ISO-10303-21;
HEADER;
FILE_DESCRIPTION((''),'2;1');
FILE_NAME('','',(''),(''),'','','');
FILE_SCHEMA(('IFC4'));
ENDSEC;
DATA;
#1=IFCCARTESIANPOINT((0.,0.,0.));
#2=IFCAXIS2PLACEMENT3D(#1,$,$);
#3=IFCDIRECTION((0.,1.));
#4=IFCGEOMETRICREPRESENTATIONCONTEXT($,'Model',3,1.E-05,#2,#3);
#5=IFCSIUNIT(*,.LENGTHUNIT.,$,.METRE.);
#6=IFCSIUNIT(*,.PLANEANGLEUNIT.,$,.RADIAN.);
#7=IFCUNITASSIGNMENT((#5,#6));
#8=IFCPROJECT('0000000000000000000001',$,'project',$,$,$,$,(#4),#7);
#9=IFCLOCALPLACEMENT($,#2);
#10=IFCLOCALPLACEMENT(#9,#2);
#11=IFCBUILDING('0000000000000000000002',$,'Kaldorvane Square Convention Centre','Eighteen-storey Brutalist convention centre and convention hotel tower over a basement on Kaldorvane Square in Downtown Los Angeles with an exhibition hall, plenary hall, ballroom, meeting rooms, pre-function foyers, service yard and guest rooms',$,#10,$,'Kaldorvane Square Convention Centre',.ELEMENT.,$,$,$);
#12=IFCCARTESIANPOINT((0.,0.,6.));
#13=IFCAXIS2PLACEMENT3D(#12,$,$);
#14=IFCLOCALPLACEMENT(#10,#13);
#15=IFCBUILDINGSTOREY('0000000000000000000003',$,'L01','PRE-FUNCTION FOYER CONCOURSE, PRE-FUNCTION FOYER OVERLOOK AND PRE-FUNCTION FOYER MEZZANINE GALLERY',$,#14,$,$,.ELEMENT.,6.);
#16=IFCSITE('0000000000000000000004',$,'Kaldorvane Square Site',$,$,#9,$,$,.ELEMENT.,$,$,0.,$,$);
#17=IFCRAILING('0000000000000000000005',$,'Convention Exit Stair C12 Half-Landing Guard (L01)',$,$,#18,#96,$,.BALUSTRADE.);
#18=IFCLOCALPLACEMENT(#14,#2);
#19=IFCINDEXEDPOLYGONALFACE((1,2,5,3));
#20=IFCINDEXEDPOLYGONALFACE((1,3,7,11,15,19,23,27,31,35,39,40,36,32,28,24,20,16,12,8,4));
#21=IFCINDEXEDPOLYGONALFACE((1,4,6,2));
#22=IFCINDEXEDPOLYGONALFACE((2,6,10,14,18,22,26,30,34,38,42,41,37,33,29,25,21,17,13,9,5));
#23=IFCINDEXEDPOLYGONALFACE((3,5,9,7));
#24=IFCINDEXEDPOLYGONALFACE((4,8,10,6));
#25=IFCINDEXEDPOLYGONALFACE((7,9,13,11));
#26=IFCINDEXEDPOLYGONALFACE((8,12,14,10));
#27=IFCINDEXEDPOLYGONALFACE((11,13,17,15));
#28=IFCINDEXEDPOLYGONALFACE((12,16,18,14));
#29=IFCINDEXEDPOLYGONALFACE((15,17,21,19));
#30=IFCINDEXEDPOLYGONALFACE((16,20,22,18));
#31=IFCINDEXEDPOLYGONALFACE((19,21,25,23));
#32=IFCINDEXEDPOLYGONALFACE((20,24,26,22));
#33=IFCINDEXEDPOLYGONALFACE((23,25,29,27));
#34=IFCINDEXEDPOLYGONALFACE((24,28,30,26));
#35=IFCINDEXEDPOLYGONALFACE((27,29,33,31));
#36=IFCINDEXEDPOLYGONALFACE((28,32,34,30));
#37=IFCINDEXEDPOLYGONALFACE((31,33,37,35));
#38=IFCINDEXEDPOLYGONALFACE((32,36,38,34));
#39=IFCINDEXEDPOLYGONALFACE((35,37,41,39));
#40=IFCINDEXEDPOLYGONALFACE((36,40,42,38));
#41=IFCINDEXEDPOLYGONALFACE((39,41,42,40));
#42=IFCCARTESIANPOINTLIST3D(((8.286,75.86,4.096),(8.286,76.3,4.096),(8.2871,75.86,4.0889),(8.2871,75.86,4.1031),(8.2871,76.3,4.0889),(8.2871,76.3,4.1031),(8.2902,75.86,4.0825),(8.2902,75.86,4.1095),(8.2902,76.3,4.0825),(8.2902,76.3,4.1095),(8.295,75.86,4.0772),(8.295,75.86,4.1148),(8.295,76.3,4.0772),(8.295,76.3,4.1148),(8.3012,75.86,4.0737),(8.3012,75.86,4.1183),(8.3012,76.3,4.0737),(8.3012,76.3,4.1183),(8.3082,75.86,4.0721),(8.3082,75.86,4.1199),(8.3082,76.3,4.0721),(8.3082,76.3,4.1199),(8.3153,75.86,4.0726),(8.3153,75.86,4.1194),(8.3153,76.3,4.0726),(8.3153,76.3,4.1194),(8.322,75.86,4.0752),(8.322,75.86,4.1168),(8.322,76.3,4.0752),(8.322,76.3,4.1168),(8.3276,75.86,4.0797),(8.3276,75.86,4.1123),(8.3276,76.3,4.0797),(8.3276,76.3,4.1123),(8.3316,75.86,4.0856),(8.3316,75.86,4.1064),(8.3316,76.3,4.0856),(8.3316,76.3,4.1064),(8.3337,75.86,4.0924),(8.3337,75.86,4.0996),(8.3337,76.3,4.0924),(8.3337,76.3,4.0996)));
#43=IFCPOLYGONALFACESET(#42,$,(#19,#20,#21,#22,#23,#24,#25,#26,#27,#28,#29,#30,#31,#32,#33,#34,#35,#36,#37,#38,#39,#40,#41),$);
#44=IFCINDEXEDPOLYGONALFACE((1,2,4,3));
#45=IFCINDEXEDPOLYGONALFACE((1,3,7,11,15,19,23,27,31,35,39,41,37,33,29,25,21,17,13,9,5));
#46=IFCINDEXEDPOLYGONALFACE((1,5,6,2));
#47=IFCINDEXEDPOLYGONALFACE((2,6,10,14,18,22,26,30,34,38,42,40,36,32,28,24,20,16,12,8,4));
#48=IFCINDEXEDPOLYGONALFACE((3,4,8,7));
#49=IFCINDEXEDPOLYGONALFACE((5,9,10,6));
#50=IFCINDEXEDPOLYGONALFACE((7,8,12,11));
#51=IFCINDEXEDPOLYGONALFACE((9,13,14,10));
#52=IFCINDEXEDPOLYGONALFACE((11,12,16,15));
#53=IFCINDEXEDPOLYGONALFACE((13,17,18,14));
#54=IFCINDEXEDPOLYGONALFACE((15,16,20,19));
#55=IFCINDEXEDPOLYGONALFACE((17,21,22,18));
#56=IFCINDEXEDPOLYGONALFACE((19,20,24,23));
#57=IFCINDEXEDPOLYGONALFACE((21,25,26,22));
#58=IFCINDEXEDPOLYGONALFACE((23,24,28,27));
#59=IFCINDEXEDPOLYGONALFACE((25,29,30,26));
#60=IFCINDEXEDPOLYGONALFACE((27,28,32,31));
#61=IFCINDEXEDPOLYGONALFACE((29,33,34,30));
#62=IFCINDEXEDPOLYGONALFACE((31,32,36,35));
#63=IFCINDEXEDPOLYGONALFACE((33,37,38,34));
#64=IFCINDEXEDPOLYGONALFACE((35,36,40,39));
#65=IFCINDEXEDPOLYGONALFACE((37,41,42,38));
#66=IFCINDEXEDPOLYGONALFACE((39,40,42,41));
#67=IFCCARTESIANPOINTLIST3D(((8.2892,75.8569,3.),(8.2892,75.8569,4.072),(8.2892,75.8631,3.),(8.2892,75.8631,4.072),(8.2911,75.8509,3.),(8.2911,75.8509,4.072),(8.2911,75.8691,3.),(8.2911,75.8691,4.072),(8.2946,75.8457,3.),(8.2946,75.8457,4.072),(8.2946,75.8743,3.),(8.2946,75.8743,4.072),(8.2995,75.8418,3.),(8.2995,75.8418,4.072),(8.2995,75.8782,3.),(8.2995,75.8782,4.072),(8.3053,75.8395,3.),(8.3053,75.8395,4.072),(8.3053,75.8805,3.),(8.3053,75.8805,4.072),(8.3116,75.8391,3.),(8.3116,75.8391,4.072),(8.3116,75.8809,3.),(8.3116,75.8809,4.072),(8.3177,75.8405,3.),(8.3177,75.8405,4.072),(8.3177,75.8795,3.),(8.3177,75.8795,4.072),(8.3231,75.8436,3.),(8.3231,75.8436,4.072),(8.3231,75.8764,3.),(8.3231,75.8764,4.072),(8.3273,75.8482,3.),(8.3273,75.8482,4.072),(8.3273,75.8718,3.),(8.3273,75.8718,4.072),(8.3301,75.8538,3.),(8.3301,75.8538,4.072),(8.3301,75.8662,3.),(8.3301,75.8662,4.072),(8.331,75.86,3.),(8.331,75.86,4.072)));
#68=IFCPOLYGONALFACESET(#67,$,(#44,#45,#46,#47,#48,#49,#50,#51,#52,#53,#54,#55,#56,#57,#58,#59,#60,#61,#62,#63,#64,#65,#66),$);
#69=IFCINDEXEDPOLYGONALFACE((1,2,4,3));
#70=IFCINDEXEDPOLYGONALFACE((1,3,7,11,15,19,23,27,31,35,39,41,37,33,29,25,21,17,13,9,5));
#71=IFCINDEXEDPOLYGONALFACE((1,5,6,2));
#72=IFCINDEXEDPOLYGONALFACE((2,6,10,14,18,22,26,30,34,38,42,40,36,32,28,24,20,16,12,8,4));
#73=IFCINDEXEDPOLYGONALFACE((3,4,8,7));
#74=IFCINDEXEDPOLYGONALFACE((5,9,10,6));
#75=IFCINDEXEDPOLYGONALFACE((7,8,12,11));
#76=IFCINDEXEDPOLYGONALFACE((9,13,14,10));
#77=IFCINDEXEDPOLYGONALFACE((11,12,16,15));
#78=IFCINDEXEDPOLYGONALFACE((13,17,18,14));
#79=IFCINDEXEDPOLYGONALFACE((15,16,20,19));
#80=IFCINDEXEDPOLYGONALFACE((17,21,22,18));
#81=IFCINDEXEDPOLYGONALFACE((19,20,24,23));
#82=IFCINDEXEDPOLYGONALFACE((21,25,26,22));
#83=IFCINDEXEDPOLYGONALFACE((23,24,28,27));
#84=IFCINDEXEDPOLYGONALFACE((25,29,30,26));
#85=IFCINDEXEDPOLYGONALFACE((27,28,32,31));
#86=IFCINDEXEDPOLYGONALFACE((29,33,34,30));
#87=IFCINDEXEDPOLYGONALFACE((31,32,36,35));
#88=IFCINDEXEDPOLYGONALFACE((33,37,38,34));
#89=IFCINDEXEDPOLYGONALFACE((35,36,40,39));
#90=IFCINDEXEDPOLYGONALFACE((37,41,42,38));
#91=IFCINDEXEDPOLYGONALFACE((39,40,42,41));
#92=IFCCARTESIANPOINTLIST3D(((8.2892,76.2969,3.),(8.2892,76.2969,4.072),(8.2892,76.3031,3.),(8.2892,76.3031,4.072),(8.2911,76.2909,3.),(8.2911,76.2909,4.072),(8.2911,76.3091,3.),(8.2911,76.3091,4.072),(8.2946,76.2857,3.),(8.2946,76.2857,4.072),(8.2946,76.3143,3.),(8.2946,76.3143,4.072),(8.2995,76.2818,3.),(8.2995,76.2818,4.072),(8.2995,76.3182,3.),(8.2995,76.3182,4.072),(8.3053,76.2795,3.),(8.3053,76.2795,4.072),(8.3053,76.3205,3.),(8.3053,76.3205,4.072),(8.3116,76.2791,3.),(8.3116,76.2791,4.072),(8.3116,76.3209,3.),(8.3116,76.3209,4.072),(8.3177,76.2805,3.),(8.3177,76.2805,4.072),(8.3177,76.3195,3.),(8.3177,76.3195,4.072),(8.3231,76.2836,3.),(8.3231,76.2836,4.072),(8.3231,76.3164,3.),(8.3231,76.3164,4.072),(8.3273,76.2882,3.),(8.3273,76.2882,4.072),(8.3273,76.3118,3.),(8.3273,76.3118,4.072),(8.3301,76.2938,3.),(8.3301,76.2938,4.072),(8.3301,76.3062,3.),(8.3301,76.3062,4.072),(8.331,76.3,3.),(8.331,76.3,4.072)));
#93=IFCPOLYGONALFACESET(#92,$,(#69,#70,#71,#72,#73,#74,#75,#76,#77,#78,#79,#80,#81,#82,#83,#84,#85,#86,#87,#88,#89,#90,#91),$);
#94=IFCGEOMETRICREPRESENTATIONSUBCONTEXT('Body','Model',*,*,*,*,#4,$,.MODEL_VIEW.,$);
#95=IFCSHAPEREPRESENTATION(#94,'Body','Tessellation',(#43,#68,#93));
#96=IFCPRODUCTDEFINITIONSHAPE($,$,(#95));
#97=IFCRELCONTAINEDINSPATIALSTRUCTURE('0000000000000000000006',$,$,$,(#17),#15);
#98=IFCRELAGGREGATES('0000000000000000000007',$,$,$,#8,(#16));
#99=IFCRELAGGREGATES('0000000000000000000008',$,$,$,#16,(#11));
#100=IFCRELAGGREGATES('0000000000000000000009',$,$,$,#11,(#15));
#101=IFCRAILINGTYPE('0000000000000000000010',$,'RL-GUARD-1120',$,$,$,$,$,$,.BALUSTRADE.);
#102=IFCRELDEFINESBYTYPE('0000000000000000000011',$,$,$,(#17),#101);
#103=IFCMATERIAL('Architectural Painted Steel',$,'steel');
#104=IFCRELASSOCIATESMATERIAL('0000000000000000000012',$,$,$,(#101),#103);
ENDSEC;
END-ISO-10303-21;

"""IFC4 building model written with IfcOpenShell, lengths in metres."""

from ifc_helpers import new_model, si_unit, direction, frame, origin, origin_2d, place, context, subcontext, project, spatial, circle, extrude, material, type_object, element, save


model = new_model("IFC4")

# Units and contexts
model_context = context("Model", 3, precision=1e-05, world=origin(), true_north=direction((0.0, 1.0)))
body_context = subcontext(model_context, "Body", "Model", "MODEL_VIEW")
ifc_project = project(units=[si_unit("LENGTHUNIT", "METRE"), si_unit("PLANEANGLEUNIT", "RADIAN")], contexts=[model_context])

# Site, building, storey
site_placement = place(None, origin())
site = spatial("IfcSite", under=ifc_project, at=site_placement, Name="Kaldorvane Square Site", CompositionType="ELEMENT", RefElevation=0.0)
building_placement = place(site_placement, origin())
building = spatial("IfcBuilding", under=site, at=building_placement, Name="Kaldorvane Square Convention Centre", Description="Eighteen-storey Brutalist convention centre and convention hotel tower over a basement on Kaldorvane Square in Downtown Los Angeles with an exhibition hall, plenary hall, ballroom, meeting rooms, pre-function foyers, service yard and guest rooms", LongName="Kaldorvane Square Convention Centre", CompositionType="ELEMENT")
storey_placement = place(building_placement, frame((0.0, 0.0, 6.0)))
storey = spatial("IfcBuildingStorey", under=building, at=storey_placement, Name="L01", Description="PRE-FUNCTION FOYER CONCOURSE, PRE-FUNCTION FOYER OVERLOOK AND PRE-FUNCTION FOYER MEZZANINE GALLERY", CompositionType="ELEMENT", Elevation=6.0)

# Railing
ifc_material_1 = material(Name="Architectural Painted Steel", Category="steel")
railing_type_1 = type_object("IfcRailingType", Name="RL-GUARD-1120", PredefinedType="BALUSTRADE", material=ifc_material_1)
for number, where, name in (
    (1, (8.31, 75.86, 3.0), "Convention Exit Stair C12 Half-Landing Guard (L01)"),
):
    element("IfcRailing", number, at=place(storey_placement, frame(where)), inside=storey, type_object=railing_type_1, Name=name, PredefinedType="BALUSTRADE", context=body_context, shape_type="SweptSolid", body=[
        extrude(circle(Radius=0.024, at=origin_2d()), frame((0.0, 0.0, 1.096), z_axis=(0.0, 1.0, 0.0), x_axis=(-1.0, 0.0, 0.0)), (0.0, 0.0, 1.0), 0.44),
        extrude(circle(Radius=0.021, at=origin_2d()), origin(), (0.0, 0.0, 1.0), 1.072),
        extrude(circle(Radius=0.021, at=origin_2d()), frame((0.0, 0.44, 0.0)), (0.0, 0.0, 1.0), 1.072),
    ])

save(model, "model.ifc")
